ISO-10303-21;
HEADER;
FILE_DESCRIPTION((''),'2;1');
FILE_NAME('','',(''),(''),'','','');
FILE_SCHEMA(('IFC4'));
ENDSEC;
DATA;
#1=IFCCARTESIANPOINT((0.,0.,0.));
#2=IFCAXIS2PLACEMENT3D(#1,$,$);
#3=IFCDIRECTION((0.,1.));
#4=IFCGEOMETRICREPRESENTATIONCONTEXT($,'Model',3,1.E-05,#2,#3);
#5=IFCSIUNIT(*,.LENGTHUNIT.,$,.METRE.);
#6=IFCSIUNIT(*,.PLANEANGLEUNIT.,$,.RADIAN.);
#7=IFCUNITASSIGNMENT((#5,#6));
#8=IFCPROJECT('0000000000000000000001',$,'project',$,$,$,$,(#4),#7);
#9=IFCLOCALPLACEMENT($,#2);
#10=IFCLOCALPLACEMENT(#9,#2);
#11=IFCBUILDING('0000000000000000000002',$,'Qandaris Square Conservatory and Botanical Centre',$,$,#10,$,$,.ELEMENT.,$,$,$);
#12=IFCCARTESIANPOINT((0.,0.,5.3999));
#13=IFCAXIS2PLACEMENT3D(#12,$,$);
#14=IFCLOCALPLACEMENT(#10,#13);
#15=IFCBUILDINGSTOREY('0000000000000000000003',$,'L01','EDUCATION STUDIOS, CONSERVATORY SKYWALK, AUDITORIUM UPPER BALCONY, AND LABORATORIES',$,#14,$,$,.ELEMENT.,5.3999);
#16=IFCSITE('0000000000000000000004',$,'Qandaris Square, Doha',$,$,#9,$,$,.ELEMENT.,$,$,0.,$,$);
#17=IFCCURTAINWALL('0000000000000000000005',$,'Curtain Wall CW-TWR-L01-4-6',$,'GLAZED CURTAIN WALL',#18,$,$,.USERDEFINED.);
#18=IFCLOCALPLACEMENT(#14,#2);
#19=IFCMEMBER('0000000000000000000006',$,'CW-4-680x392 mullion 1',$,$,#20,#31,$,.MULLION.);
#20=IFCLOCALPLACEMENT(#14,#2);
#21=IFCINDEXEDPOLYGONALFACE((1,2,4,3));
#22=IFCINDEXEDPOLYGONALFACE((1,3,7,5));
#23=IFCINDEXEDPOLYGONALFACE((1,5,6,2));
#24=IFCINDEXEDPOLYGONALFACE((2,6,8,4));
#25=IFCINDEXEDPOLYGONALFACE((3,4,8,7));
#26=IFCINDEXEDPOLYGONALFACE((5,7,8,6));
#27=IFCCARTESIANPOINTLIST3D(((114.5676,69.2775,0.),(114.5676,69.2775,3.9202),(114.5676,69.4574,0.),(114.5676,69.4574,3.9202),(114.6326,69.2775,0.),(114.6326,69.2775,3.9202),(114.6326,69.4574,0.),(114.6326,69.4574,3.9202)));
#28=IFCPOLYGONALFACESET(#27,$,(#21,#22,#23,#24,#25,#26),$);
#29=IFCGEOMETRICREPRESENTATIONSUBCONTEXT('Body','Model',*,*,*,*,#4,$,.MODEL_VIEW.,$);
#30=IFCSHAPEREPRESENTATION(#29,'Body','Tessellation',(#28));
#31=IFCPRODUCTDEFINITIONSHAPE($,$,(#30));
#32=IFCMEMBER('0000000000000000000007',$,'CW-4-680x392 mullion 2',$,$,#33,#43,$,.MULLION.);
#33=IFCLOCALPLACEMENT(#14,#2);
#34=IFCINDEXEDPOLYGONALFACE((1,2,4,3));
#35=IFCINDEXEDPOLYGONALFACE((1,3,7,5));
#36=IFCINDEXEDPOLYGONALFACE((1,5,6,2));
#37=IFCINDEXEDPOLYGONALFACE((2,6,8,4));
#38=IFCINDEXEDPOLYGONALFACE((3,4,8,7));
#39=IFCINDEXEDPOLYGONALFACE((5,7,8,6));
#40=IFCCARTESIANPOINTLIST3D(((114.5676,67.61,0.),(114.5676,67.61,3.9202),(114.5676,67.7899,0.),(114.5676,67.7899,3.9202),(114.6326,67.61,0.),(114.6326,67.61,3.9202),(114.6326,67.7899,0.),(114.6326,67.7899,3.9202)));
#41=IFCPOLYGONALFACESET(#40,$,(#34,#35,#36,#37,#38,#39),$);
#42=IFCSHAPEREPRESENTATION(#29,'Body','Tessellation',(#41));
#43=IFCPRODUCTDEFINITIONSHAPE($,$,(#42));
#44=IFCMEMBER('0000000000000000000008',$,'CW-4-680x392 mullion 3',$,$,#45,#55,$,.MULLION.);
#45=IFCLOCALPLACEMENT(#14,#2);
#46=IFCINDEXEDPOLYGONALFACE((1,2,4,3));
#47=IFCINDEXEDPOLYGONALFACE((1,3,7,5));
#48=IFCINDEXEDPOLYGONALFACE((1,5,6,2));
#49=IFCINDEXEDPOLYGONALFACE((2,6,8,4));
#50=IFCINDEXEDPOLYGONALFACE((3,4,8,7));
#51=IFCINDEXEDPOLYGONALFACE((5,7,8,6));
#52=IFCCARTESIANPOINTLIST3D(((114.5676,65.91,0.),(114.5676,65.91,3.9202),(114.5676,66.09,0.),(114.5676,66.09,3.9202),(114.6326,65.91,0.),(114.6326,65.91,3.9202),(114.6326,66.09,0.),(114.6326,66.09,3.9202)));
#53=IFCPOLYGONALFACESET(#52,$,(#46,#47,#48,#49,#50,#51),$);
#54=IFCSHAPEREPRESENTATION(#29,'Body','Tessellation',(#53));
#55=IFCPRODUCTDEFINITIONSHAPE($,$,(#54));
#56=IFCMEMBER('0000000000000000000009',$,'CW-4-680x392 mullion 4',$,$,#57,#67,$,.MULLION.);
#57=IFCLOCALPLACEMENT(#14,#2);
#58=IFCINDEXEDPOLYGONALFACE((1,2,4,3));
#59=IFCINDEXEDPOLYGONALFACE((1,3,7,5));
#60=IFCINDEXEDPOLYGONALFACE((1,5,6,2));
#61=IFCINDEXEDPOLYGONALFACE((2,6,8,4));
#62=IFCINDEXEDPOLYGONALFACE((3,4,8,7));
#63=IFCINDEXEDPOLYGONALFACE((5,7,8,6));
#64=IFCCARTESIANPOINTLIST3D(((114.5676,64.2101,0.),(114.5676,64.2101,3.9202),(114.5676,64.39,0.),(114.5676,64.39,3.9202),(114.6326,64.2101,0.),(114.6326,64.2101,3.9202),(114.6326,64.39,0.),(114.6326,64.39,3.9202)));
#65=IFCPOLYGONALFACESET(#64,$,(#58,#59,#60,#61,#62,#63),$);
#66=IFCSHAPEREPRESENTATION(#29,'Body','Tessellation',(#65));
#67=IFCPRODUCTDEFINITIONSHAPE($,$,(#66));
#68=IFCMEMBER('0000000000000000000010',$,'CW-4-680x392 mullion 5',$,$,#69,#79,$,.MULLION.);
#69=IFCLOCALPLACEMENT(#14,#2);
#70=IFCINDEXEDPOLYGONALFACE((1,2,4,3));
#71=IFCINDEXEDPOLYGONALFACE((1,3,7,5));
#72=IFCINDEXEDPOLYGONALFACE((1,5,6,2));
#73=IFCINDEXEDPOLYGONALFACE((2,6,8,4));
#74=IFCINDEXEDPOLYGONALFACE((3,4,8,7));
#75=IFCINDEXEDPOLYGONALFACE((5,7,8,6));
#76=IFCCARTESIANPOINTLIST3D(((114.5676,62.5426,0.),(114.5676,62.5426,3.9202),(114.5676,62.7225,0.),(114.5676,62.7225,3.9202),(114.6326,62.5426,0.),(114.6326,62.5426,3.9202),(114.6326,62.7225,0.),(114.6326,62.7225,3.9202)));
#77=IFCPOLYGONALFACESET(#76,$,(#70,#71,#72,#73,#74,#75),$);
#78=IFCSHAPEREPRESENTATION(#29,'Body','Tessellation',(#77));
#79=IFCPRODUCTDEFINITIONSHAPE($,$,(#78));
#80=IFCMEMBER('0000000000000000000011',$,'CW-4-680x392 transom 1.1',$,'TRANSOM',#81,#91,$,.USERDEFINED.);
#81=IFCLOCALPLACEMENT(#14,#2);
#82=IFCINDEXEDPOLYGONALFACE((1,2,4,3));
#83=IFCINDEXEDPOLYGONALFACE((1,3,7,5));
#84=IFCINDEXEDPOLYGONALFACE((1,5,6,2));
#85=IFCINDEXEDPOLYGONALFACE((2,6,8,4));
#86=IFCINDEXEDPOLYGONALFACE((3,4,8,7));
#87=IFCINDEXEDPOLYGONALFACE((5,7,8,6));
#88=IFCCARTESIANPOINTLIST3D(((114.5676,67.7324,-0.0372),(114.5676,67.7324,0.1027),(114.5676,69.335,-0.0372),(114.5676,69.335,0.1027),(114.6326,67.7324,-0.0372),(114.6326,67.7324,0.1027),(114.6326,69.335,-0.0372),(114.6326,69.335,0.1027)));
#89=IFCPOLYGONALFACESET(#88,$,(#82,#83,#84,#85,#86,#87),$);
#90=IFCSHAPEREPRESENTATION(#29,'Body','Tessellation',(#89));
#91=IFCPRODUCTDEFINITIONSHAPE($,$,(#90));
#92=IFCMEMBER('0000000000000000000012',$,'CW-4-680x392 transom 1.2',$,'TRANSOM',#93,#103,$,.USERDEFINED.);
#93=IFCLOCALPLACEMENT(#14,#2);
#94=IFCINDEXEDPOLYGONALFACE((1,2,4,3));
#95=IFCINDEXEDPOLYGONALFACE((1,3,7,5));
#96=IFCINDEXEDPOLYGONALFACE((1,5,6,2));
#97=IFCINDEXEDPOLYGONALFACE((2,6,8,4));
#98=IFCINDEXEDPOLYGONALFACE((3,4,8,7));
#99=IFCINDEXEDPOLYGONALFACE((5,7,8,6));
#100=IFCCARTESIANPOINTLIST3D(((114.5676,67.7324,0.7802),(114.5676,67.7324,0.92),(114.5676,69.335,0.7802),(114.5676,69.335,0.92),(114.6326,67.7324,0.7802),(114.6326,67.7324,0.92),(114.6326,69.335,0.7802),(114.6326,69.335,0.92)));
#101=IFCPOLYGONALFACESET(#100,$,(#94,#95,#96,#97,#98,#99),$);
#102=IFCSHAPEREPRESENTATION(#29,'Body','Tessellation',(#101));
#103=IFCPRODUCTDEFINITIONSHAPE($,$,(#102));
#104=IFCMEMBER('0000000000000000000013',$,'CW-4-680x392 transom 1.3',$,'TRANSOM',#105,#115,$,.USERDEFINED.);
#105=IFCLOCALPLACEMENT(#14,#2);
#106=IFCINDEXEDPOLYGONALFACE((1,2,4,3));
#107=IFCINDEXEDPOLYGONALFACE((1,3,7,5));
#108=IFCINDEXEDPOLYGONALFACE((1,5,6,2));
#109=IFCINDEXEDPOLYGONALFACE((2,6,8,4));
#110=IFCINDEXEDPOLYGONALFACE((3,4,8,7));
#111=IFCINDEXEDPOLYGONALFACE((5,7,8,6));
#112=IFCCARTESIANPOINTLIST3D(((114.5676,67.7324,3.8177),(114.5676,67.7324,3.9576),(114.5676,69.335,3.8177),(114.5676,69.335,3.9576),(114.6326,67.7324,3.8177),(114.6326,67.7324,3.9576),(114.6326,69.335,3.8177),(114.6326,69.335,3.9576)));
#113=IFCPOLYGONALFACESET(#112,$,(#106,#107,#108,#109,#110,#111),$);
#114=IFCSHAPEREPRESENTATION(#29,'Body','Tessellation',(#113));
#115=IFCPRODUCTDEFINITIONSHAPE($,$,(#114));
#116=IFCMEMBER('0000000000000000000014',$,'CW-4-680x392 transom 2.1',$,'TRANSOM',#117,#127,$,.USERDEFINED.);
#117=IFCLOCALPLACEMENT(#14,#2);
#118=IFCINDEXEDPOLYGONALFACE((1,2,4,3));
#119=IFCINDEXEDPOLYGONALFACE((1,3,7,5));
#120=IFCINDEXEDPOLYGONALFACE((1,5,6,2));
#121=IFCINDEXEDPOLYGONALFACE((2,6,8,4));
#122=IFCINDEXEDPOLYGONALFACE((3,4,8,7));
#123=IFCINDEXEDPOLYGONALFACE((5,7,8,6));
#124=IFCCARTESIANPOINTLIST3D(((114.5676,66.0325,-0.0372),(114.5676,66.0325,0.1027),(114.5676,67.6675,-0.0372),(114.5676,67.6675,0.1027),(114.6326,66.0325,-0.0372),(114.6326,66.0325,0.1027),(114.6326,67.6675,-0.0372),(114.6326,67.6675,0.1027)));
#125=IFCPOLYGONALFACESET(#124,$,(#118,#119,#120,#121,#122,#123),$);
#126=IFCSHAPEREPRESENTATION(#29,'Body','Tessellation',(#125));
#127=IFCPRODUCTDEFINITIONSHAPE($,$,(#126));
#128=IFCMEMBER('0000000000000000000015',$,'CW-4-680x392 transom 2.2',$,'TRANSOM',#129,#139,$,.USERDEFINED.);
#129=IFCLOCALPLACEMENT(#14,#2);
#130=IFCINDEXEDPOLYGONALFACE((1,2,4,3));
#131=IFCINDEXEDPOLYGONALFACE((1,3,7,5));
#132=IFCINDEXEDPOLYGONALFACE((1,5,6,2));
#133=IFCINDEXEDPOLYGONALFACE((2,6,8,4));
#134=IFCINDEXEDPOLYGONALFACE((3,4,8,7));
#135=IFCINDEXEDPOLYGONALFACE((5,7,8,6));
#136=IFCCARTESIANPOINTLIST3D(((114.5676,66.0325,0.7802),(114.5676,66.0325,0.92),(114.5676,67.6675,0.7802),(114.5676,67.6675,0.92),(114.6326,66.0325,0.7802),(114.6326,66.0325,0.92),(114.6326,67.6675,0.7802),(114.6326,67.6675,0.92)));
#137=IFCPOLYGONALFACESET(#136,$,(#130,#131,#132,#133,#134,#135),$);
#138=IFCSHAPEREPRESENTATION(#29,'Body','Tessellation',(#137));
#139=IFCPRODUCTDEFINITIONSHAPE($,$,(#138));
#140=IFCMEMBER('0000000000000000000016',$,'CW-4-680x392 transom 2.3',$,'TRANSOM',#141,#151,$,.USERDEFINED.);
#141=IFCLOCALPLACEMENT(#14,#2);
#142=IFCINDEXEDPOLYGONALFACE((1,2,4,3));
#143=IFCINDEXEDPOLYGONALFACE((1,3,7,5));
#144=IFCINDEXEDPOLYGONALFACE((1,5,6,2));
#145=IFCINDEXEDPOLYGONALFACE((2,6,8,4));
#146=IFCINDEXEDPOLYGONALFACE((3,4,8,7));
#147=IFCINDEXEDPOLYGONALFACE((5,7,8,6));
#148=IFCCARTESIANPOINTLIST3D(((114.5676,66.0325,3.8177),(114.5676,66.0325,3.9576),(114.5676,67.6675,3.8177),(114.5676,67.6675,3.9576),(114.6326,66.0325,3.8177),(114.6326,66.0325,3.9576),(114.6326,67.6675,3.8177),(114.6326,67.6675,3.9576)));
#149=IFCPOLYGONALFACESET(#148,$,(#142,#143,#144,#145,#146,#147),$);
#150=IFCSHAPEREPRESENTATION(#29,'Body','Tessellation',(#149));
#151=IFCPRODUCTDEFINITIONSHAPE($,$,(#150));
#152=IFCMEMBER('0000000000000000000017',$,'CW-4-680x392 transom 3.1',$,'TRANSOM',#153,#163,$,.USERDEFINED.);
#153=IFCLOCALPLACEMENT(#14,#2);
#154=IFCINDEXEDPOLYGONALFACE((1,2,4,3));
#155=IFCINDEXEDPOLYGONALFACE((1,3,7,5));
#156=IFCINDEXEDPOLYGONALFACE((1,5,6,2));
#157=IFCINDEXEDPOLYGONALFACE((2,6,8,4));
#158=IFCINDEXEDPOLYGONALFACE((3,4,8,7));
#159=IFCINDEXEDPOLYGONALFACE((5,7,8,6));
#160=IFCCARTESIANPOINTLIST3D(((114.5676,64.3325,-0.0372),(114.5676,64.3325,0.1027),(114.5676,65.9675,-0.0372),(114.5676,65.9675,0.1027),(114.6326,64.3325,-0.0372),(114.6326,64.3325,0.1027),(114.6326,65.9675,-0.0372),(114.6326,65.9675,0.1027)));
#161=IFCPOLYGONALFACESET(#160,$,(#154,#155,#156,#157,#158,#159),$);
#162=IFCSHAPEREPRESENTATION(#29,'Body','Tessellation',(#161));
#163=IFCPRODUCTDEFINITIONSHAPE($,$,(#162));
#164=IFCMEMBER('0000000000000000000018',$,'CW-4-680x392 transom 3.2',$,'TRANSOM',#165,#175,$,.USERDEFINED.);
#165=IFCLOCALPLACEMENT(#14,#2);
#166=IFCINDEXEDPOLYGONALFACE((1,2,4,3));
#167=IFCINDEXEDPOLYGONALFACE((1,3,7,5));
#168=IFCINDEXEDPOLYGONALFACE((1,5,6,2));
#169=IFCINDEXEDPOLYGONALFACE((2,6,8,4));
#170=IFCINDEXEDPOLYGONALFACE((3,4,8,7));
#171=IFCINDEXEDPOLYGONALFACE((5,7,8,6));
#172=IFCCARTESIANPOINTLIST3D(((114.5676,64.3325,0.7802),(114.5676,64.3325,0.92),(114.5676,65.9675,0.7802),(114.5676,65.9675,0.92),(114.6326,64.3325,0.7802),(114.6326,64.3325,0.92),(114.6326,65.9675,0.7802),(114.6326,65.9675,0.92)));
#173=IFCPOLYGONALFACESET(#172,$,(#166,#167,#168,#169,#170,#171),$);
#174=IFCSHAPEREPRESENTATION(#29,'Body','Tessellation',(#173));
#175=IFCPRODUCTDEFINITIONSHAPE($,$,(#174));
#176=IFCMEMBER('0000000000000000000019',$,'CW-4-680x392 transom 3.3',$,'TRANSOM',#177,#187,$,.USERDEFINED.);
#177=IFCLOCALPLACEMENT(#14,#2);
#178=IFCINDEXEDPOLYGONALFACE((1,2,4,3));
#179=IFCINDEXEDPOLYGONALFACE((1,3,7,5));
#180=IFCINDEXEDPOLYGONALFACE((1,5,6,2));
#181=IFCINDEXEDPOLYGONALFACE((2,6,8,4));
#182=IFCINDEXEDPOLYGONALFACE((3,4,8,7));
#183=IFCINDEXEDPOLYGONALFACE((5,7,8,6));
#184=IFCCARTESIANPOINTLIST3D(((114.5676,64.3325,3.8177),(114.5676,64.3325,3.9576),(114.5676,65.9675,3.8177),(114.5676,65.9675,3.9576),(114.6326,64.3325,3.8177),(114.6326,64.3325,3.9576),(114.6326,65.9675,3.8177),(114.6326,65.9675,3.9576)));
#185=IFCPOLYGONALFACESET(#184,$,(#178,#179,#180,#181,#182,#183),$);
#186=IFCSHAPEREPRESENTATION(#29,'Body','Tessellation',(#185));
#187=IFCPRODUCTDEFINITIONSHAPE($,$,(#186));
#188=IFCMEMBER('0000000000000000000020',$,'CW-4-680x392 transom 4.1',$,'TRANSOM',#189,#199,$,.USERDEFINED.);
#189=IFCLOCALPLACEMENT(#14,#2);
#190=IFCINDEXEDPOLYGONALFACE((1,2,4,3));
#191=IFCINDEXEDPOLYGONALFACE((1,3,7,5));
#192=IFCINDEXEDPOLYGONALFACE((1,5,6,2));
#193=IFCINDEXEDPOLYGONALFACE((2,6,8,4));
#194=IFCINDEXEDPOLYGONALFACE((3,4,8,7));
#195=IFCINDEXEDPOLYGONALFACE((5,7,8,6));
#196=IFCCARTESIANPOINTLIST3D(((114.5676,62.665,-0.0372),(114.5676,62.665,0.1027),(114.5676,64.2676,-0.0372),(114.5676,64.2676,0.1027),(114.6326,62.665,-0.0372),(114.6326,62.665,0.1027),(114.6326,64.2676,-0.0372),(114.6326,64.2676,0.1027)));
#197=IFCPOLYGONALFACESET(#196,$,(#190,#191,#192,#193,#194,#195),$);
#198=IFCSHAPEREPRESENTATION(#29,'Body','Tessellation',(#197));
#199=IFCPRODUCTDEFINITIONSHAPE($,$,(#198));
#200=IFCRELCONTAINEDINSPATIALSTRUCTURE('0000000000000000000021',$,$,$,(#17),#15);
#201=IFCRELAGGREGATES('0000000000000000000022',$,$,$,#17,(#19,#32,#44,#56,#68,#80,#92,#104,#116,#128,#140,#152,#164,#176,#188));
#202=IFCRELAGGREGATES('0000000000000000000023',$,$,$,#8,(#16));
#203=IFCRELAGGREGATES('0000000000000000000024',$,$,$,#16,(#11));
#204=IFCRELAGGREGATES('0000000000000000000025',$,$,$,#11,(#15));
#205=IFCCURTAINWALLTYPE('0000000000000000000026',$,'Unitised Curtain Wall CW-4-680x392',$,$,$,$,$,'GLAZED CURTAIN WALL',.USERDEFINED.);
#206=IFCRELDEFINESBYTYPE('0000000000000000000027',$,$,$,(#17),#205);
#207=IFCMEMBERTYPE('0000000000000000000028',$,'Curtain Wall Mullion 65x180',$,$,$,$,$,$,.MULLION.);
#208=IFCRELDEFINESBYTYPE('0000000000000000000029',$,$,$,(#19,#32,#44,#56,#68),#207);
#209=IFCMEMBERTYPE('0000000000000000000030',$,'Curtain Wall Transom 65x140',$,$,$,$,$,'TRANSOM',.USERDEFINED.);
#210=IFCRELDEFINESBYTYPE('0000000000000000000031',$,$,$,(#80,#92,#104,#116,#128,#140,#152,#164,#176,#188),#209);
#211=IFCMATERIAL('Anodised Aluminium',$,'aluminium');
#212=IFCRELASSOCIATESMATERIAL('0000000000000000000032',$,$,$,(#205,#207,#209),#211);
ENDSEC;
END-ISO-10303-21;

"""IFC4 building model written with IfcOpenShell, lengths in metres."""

from ifc_helpers import new_model, si_unit, direction, frame, origin, origin_2d, place, context, subcontext, project, spatial, rectangle, extrude, material, material_profile, profile_set, type_object, element, aggregate, save


model = new_model("IFC4")

# Units and contexts
model_context = context("Model", 3, precision=1e-05, world=origin(), true_north=direction((0.0, 1.0)))
body_context = subcontext(model_context, "Body", "Model", "MODEL_VIEW")
ifc_project = project(units=[si_unit("LENGTHUNIT", "METRE"), si_unit("PLANEANGLEUNIT", "RADIAN")], contexts=[model_context])

# Site, building, storey
site_placement = place(None, origin())
site = spatial("IfcSite", under=ifc_project, at=site_placement, Name="Qandaris Square, Doha", CompositionType="ELEMENT", RefElevation=0.0)
building_placement = place(site_placement, origin())
building = spatial("IfcBuilding", under=site, at=building_placement, Name="Qandaris Square Conservatory and Botanical Centre", CompositionType="ELEMENT")
storey_placement = place(building_placement, frame((0.0, 0.0, 5.3999)))
storey = spatial("IfcBuildingStorey", under=building, at=storey_placement, Name="L01", Description="EDUCATION STUDIOS, CONSERVATORY SKYWALK, AUDITORIUM UPPER BALCONY, AND LABORATORIES", CompositionType="ELEMENT", Elevation=5.3999)

# Curtain wall, members
ifc_material_1 = material(Name="Anodised Aluminium", Category="aluminium")
curtain_wall_type = type_object("IfcCurtainWallType", Name="Unitised Curtain Wall CW-4-680x392", ElementType="GLAZED CURTAIN WALL", PredefinedType="USERDEFINED", material=ifc_material_1)
curtain_wall_placement = place(storey_placement, origin())
curtain_wall = element("IfcCurtainWall", 1, at=curtain_wall_placement, inside=storey, type_object=curtain_wall_type, Name="Curtain Wall CW-TWR-L01-4-6", ObjectType="GLAZED CURTAIN WALL", PredefinedType="USERDEFINED")
ifc_material_profile_1 = material_profile(ifc_material_1, rectangle(XDim=0.0649, YDim=0.1799, at=origin_2d()), Name="ALU-MUL 65x180")
ifc_profile_set_1 = profile_set([ifc_material_profile_1], Name="Anodised Aluminium")
member_type_1 = type_object("IfcMemberType", Name="Curtain Wall Mullion 65x180", PredefinedType="MULLION", material=ifc_profile_set_1)
member_1_placement = place(storey_placement, frame((114.6001, 69.3674, 0.0), z_axis=(0.0, 0.0, 1.0), x_axis=(1.0, 0.0, 0.0)))
member_1 = element("IfcMember", 2, at=member_1_placement, type_object=member_type_1, Name="CW-4-680x392 mullion 1", PredefinedType="MULLION", context=body_context, shape_type="SweptSolid", body=[
    extrude(rectangle(XDim=0.0649, YDim=0.1799, at=origin_2d()), origin(), (0.0, 0.0, 1.0), 3.9202),
])
member_2_placement = place(storey_placement, frame((114.6001, 67.7, 0.0), z_axis=(0.0, 0.0, 1.0), x_axis=(1.0, 0.0, 0.0)))
member_2 = element("IfcMember", 3, at=member_2_placement, type_object=member_type_1, Name="CW-4-680x392 mullion 2", PredefinedType="MULLION", context=body_context, shape_type="SweptSolid", body=[
    extrude(rectangle(XDim=0.0649, YDim=0.1799, at=origin_2d()), origin(), (0.0, 0.0, 1.0), 3.9202),
])
member_3_placement = place(storey_placement, frame((114.6001, 66.0, 0.0), z_axis=(0.0, 0.0, 1.0), x_axis=(1.0, 0.0, 0.0)))
member_3 = element("IfcMember", 4, at=member_3_placement, type_object=member_type_1, Name="CW-4-680x392 mullion 3", PredefinedType="MULLION", context=body_context, shape_type="SweptSolid", body=[
    extrude(rectangle(XDim=0.0649, YDim=0.1799, at=origin_2d()), origin(), (0.0, 0.0, 1.0), 3.9202),
])
member_4_placement = place(storey_placement, frame((114.6001, 64.3, 0.0), z_axis=(0.0, 0.0, 1.0), x_axis=(1.0, 0.0, 0.0)))
member_4 = element("IfcMember", 5, at=member_4_placement, type_object=member_type_1, Name="CW-4-680x392 mullion 4", PredefinedType="MULLION", context=body_context, shape_type="SweptSolid", body=[
    extrude(rectangle(XDim=0.0649, YDim=0.1799, at=origin_2d()), origin(), (0.0, 0.0, 1.0), 3.9202),
])
member_5_placement = place(storey_placement, frame((114.6001, 62.6326, 0.0), z_axis=(0.0, 0.0, 1.0), x_axis=(1.0, 0.0, 0.0)))
member_5 = element("IfcMember", 6, at=member_5_placement, type_object=member_type_1, Name="CW-4-680x392 mullion 5", PredefinedType="MULLION", context=body_context, shape_type="SweptSolid", body=[
    extrude(rectangle(XDim=0.0649, YDim=0.1799, at=origin_2d()), origin(), (0.0, 0.0, 1.0), 3.9202),
])
ifc_material_profile_2 = material_profile(ifc_material_1, rectangle(XDim=0.0649, YDim=0.1399, at=origin_2d()), Name="ALU-TRN 65x140")
ifc_profile_set_2 = profile_set([ifc_material_profile_2], Name="Anodised Aluminium")
member_type_2 = type_object("IfcMemberType", Name="Curtain Wall Transom 65x140", ElementType="TRANSOM", PredefinedType="USERDEFINED", material=ifc_profile_set_2)
member_6_placement = place(storey_placement, frame((114.6001, 69.335, 0.0327), z_axis=(0.0, -1.0, 0.0), x_axis=(1.0, 0.0, 0.0)))
member_6 = element("IfcMember", 7, at=member_6_placement, type_object=member_type_2, Name="CW-4-680x392 transom 1.1", ObjectType="TRANSOM", PredefinedType="USERDEFINED", context=body_context, shape_type="SweptSolid", body=[
    extrude(rectangle(XDim=0.0649, YDim=0.1399, at=origin_2d()), origin(), (0.0, 0.0, 1.0), 1.6025),
])
member_7_placement = place(storey_placement, frame((114.6001, 69.335, 0.8501), z_axis=(0.0, -1.0, 0.0), x_axis=(1.0, 0.0, 0.0)))
member_7 = element("IfcMember", 8, at=member_7_placement, type_object=member_type_2, Name="CW-4-680x392 transom 1.2", ObjectType="TRANSOM", PredefinedType="USERDEFINED", context=body_context, shape_type="SweptSolid", body=[
    extrude(rectangle(XDim=0.0649, YDim=0.1399, at=origin_2d()), origin(), (0.0, 0.0, 1.0), 1.6025),
])
member_8_placement = place(storey_placement, frame((114.6001, 69.335, 3.8877), z_axis=(0.0, -1.0, 0.0), x_axis=(1.0, 0.0, 0.0)))
member_8 = element("IfcMember", 9, at=member_8_placement, type_object=member_type_2, Name="CW-4-680x392 transom 1.3", ObjectType="TRANSOM", PredefinedType="USERDEFINED", context=body_context, shape_type="SweptSolid", body=[
    extrude(rectangle(XDim=0.0649, YDim=0.1399, at=origin_2d()), origin(), (0.0, 0.0, 1.0), 1.6025),
])
member_9_placement = place(storey_placement, frame((114.6001, 67.6675, 0.0327), z_axis=(0.0, -1.0, 0.0), x_axis=(1.0, 0.0, 0.0)))
member_9 = element("IfcMember", 10, at=member_9_placement, type_object=member_type_2, Name="CW-4-680x392 transom 2.1", ObjectType="TRANSOM", PredefinedType="USERDEFINED", context=body_context, shape_type="SweptSolid", body=[
    extrude(rectangle(XDim=0.0649, YDim=0.1399, at=origin_2d()), origin(), (0.0, 0.0, 1.0), 1.635),
])
member_10_placement = place(storey_placement, frame((114.6001, 67.6675, 0.8501), z_axis=(0.0, -1.0, 0.0), x_axis=(1.0, 0.0, 0.0)))
member_10 = element("IfcMember", 11, at=member_10_placement, type_object=member_type_2, Name="CW-4-680x392 transom 2.2", ObjectType="TRANSOM", PredefinedType="USERDEFINED", context=body_context, shape_type="SweptSolid", body=[
    extrude(rectangle(XDim=0.0649, YDim=0.1399, at=origin_2d()), origin(), (0.0, 0.0, 1.0), 1.635),
])
member_11_placement = place(storey_placement, frame((114.6001, 67.6675, 3.8877), z_axis=(0.0, -1.0, 0.0), x_axis=(1.0, 0.0, 0.0)))
member_11 = element("IfcMember", 12, at=member_11_placement, type_object=member_type_2, Name="CW-4-680x392 transom 2.3", ObjectType="TRANSOM", PredefinedType="USERDEFINED", context=body_context, shape_type="SweptSolid", body=[
    extrude(rectangle(XDim=0.0649, YDim=0.1399, at=origin_2d()), origin(), (0.0, 0.0, 1.0), 1.635),
])
member_12_placement = place(storey_placement, frame((114.6001, 65.9675, 0.0327), z_axis=(0.0, -1.0, 0.0), x_axis=(1.0, 0.0, 0.0)))
member_12 = element("IfcMember", 13, at=member_12_placement, type_object=member_type_2, Name="CW-4-680x392 transom 3.1", ObjectType="TRANSOM", PredefinedType="USERDEFINED", context=body_context, shape_type="SweptSolid", body=[
    extrude(rectangle(XDim=0.0649, YDim=0.1399, at=origin_2d()), origin(), (0.0, 0.0, 1.0), 1.635),
])
member_13_placement = place(storey_placement, frame((114.6001, 65.9675, 0.8501), z_axis=(0.0, -1.0, 0.0), x_axis=(1.0, 0.0, 0.0)))
member_13 = element("IfcMember", 14, at=member_13_placement, type_object=member_type_2, Name="CW-4-680x392 transom 3.2", ObjectType="TRANSOM", PredefinedType="USERDEFINED", context=body_context, shape_type="SweptSolid", body=[
    extrude(rectangle(XDim=0.0649, YDim=0.1399, at=origin_2d()), origin(), (0.0, 0.0, 1.0), 1.635),
])
member_14_placement = place(storey_placement, frame((114.6001, 65.9675, 3.8877), z_axis=(0.0, -1.0, 0.0), x_axis=(1.0, 0.0, 0.0)))
member_14 = element("IfcMember", 15, at=member_14_placement, type_object=member_type_2, Name="CW-4-680x392 transom 3.3", ObjectType="TRANSOM", PredefinedType="USERDEFINED", context=body_context, shape_type="SweptSolid", body=[
    extrude(rectangle(XDim=0.0649, YDim=0.1399, at=origin_2d()), origin(), (0.0, 0.0, 1.0), 1.635),
])
member_15_placement = place(storey_placement, frame((114.6001, 64.2676, 0.0327), z_axis=(0.0, -1.0, 0.0), x_axis=(1.0, 0.0, 0.0)))
member_15 = element("IfcMember", 16, at=member_15_placement, type_object=member_type_2, Name="CW-4-680x392 transom 4.1", ObjectType="TRANSOM", PredefinedType="USERDEFINED", context=body_context, shape_type="SweptSolid", body=[
    extrude(rectangle(XDim=0.0649, YDim=0.1399, at=origin_2d()), origin(), (0.0, 0.0, 1.0), 1.6025),
])
aggregate(curtain_wall, [member_1, member_2, member_3, member_4, member_5, member_6, member_7, member_8, member_9, member_10, member_11, member_12, member_13, member_14, member_15])

save(model, "model.ifc")
